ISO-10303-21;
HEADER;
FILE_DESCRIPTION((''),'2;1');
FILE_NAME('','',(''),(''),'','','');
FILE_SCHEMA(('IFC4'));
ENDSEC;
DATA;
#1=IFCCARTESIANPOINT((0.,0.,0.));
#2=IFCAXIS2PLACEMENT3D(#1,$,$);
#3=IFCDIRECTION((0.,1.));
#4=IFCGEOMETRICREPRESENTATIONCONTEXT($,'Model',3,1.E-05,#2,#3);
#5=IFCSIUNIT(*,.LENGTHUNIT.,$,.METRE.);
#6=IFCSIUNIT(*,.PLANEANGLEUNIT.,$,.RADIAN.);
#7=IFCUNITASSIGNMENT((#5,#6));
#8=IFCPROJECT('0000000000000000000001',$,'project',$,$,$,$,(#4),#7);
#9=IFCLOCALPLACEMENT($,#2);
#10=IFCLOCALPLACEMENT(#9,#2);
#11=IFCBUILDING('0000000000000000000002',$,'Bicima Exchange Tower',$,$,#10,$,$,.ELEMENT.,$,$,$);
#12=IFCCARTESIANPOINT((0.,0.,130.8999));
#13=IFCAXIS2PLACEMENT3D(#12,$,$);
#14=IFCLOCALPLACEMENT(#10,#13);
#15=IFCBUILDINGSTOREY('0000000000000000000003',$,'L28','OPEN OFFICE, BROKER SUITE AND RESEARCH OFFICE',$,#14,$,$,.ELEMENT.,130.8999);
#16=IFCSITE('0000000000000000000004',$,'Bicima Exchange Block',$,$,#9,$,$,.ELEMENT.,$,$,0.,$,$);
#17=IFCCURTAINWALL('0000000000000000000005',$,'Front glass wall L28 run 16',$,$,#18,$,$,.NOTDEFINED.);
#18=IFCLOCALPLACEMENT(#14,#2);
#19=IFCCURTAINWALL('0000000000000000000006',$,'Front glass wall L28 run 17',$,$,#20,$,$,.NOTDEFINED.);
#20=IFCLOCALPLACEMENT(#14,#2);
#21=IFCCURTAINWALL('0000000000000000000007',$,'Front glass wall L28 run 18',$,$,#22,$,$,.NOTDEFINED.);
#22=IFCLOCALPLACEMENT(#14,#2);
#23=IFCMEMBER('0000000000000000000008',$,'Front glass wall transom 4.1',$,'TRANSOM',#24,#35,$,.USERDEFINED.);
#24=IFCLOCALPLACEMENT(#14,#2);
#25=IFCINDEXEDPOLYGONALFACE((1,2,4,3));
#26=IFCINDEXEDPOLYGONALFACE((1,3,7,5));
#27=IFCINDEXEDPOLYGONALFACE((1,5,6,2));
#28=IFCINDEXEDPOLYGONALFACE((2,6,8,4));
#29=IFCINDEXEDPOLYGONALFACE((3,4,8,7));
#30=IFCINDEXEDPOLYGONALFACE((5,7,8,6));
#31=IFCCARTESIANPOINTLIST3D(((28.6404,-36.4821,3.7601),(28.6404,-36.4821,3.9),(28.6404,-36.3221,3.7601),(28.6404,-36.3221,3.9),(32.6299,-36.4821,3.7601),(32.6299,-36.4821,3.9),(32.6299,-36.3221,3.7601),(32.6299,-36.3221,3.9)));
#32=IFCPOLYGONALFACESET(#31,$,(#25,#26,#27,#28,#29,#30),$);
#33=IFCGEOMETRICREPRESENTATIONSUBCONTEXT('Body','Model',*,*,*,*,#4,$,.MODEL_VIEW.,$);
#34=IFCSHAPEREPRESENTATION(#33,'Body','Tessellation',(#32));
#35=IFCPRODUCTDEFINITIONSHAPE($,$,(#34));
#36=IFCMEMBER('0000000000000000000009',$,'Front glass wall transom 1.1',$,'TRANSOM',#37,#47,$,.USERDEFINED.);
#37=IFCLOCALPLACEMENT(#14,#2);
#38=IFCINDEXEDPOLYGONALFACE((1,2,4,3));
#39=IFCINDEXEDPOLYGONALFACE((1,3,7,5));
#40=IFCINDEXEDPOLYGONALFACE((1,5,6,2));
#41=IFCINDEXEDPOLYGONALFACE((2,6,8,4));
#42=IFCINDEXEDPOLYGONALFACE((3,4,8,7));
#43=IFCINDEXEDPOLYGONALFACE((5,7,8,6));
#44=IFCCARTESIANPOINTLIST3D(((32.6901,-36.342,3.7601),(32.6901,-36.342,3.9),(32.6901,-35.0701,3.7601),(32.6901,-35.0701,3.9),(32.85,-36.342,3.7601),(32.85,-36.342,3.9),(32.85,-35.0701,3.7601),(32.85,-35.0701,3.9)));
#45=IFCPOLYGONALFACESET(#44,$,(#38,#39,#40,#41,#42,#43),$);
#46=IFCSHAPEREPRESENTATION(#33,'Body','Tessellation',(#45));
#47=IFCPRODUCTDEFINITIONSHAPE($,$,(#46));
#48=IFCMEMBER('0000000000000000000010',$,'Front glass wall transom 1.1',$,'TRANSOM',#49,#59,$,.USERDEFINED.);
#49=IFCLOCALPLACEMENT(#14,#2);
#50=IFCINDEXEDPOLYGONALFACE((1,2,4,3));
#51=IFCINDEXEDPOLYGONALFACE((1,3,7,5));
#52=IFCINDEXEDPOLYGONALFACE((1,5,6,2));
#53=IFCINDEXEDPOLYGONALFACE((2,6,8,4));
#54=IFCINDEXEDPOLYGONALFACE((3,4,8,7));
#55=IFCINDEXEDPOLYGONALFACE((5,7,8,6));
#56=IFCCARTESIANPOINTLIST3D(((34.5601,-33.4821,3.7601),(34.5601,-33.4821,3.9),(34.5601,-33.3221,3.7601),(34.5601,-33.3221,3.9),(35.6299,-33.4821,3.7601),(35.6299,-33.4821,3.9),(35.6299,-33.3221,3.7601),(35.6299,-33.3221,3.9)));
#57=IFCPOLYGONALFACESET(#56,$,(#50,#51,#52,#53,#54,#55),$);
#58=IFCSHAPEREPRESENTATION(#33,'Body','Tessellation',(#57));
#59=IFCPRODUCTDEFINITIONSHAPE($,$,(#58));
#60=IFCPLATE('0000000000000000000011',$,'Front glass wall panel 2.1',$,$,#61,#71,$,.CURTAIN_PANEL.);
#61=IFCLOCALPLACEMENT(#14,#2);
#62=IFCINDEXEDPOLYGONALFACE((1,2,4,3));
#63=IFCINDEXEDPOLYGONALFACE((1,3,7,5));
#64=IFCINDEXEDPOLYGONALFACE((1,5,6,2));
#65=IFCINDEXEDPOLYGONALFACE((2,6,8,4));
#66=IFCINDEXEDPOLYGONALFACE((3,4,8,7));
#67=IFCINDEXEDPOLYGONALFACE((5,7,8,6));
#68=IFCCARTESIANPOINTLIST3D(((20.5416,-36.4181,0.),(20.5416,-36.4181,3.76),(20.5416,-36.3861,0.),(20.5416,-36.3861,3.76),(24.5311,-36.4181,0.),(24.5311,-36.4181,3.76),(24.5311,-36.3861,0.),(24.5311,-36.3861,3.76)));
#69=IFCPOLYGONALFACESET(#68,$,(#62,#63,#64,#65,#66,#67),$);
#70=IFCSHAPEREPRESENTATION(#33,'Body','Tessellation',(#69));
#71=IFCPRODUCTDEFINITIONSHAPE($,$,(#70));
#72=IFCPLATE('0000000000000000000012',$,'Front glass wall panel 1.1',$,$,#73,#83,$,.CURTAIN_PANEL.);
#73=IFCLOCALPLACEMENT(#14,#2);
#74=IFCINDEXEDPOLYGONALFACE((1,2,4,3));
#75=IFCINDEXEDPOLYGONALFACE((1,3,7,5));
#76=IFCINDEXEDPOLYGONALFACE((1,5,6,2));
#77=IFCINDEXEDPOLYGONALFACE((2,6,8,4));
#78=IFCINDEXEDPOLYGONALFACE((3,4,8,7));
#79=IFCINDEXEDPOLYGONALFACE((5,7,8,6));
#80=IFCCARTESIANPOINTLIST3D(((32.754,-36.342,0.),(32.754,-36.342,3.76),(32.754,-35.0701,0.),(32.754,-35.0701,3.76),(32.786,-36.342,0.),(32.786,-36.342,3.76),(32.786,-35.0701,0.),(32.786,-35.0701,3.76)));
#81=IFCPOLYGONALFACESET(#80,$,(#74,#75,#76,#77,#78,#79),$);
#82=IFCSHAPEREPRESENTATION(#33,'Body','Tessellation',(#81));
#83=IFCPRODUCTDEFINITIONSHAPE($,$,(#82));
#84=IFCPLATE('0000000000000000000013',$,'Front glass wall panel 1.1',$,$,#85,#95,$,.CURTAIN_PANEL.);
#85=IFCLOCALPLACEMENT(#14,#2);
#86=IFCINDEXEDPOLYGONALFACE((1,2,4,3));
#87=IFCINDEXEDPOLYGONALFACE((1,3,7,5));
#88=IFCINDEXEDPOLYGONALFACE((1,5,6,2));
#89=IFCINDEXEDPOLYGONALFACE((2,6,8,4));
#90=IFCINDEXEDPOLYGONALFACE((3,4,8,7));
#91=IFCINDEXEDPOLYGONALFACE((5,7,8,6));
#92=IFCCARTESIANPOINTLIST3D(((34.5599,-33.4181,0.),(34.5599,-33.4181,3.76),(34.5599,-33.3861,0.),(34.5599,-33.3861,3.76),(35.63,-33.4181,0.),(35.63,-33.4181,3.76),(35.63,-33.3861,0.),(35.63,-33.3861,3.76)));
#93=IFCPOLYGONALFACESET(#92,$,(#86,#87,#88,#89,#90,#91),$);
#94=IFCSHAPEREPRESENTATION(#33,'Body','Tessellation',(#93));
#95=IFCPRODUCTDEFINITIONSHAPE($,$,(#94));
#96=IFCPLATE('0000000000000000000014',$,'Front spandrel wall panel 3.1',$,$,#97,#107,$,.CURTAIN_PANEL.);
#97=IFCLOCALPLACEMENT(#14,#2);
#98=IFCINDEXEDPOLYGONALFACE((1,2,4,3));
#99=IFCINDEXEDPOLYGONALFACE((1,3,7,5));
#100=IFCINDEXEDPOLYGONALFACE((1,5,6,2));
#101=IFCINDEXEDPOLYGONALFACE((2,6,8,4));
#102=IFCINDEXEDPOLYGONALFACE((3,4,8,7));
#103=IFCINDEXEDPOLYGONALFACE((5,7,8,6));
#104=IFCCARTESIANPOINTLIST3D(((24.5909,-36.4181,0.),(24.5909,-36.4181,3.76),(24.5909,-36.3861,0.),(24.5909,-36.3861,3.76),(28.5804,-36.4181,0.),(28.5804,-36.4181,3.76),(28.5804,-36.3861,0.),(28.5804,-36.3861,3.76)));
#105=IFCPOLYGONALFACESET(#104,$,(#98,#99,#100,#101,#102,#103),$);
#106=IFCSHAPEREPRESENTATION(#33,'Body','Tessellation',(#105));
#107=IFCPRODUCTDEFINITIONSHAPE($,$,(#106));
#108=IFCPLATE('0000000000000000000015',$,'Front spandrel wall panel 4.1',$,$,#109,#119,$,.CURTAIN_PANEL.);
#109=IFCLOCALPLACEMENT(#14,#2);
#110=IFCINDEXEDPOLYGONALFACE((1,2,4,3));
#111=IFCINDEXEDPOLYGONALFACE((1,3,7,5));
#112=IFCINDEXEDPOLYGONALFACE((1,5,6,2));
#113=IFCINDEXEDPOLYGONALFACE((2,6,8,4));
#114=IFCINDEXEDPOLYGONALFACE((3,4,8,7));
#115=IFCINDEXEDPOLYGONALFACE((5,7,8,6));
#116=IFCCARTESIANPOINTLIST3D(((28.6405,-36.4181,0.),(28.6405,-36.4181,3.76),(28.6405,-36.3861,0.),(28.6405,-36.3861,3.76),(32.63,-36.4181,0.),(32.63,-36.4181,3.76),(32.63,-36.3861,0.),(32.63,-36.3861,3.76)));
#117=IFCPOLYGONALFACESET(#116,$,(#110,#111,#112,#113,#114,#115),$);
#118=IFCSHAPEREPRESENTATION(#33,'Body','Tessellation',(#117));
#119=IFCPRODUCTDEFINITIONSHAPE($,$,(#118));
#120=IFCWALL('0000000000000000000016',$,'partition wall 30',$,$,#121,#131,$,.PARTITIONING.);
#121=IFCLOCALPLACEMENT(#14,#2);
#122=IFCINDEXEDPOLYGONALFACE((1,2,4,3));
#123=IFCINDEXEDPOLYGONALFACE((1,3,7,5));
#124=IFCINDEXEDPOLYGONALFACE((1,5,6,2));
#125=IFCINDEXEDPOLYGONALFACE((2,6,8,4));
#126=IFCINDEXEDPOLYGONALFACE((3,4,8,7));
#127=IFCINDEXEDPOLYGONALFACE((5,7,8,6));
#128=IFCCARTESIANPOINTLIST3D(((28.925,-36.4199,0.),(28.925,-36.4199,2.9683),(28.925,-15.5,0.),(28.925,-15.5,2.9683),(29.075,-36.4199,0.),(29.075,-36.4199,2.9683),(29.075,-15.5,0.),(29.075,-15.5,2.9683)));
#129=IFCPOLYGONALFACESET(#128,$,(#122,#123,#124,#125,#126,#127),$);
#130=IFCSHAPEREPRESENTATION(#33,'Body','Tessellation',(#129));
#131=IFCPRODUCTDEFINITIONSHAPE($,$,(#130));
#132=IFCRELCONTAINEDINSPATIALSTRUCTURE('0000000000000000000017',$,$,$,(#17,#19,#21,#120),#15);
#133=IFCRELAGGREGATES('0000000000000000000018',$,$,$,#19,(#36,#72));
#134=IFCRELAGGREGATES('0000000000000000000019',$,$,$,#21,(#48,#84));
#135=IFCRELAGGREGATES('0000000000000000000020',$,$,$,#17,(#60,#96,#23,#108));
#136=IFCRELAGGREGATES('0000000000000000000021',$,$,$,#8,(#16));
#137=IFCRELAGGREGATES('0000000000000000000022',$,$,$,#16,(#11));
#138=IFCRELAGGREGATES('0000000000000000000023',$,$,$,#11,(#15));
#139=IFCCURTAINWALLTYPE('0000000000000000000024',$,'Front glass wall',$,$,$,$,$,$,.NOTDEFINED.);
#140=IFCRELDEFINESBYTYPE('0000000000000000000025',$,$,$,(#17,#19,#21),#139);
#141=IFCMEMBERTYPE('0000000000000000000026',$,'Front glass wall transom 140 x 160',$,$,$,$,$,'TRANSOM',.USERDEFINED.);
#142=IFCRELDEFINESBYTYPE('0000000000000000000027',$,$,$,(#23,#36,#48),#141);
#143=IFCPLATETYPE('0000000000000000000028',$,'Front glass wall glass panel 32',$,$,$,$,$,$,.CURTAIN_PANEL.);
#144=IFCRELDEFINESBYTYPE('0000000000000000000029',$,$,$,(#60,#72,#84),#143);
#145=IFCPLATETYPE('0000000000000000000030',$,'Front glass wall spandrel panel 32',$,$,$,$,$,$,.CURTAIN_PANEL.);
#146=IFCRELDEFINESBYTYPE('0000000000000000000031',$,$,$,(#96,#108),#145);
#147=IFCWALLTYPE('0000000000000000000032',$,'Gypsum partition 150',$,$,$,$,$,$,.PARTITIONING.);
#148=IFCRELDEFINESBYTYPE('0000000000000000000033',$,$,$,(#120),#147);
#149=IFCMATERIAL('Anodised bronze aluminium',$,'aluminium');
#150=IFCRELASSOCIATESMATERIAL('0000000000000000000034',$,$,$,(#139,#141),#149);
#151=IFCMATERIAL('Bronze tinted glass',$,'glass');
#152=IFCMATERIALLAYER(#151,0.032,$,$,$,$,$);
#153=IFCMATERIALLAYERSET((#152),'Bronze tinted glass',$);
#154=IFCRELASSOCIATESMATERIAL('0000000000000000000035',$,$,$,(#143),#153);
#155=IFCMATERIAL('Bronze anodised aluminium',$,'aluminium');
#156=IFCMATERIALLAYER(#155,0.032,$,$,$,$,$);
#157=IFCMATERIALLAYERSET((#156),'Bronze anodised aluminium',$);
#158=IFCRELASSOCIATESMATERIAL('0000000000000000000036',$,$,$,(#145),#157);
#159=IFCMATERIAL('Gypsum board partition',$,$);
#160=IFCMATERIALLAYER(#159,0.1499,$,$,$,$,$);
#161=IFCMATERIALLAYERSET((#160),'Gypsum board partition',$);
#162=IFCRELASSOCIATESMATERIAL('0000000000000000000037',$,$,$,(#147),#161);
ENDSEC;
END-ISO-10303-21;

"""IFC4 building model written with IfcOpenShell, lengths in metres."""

from ifc_helpers import new_model, si_unit, direction, frame, frame_2d, origin, origin_2d, place, context, subcontext, project, spatial, rectangle, extrude, material, layer, layer_set, material_profile, profile_set, type_object, element, aggregate, save


model = new_model("IFC4")

# Units and contexts
model_context = context("Model", 3, precision=1e-05, world=origin(), true_north=direction((0.0, 1.0)))
body_context = subcontext(model_context, "Body", "Model", "MODEL_VIEW")
ifc_project = project(units=[si_unit("LENGTHUNIT", "METRE"), si_unit("PLANEANGLEUNIT", "RADIAN")], contexts=[model_context])

# Site, building, storey
site_placement = place(None, origin())
site = spatial("IfcSite", under=ifc_project, at=site_placement, Name="Bicima Exchange Block", CompositionType="ELEMENT", RefElevation=0.0)
building_placement = place(site_placement, origin())
building = spatial("IfcBuilding", under=site, at=building_placement, Name="Bicima Exchange Tower", CompositionType="ELEMENT")
storey_placement = place(building_placement, frame((0.0, 0.0, 130.8999)))
storey = spatial("IfcBuildingStorey", under=building, at=storey_placement, Name="L28", Description="OPEN OFFICE, BROKER SUITE AND RESEARCH OFFICE", CompositionType="ELEMENT", Elevation=130.8999)

# Curtain walls
ifc_material_1 = material(Name="Anodised bronze aluminium", Category="aluminium")
curtain_wall_type = type_object("IfcCurtainWallType", Name="Front glass wall", PredefinedType="NOTDEFINED", material=ifc_material_1)
curtain_wall_1_placement = place(storey_placement, origin())
curtain_wall_1 = element("IfcCurtainWall", 1, at=curtain_wall_1_placement, inside=storey, type_object=curtain_wall_type, Name="Front glass wall L28 run 16", PredefinedType="NOTDEFINED")
curtain_wall_2_placement = place(storey_placement, origin())
curtain_wall_2 = element("IfcCurtainWall", 2, at=curtain_wall_2_placement, inside=storey, type_object=curtain_wall_type, Name="Front glass wall L28 run 17", PredefinedType="NOTDEFINED")
curtain_wall_3_placement = place(storey_placement, origin())
curtain_wall_3 = element("IfcCurtainWall", 3, at=curtain_wall_3_placement, inside=storey, type_object=curtain_wall_type, Name="Front glass wall L28 run 18", PredefinedType="NOTDEFINED")

# Members
ifc_material_profile_1 = material_profile(ifc_material_1, rectangle(XDim=0.1599, YDim=0.1399, at=origin_2d()))
ifc_profile_set_1 = profile_set([ifc_material_profile_1], Name="Anodised bronze aluminium")
member_type_1 = type_object("IfcMemberType", Name="Front glass wall transom 140 x 160", ElementType="TRANSOM", PredefinedType="USERDEFINED", material=ifc_profile_set_1)
member_1_placement = place(storey_placement, frame((28.6404, -36.4021, 3.8301), z_axis=(1.0, 0.0, 0.0), x_axis=(0.0, 1.0, 0.0)))
member_1 = element("IfcMember", 4, at=member_1_placement, type_object=member_type_1, Name="Front glass wall transom 4.1", ObjectType="TRANSOM", PredefinedType="USERDEFINED", context=body_context, shape_type="SweptSolid", body=[
    extrude(rectangle(XDim=0.1599, YDim=0.1399, at=origin_2d()), origin(), (0.0, 0.0, 1.0), 3.9895),
])
member_2_placement = place(storey_placement, frame((32.77, -36.342, 3.8301), z_axis=(0.0, 1.0, 0.0), x_axis=(-1.0, 0.0, 0.0)))
member_2 = element("IfcMember", 5, at=member_2_placement, type_object=member_type_1, Name="Front glass wall transom 1.1", ObjectType="TRANSOM", PredefinedType="USERDEFINED", context=body_context, shape_type="SweptSolid", body=[
    extrude(rectangle(XDim=0.1599, YDim=0.1399, at=origin_2d()), origin(), (0.0, 0.0, 1.0), 1.272),
])
member_3_placement = place(storey_placement, frame((34.5601, -33.4021, 3.8301), z_axis=(1.0, 0.0, 0.0), x_axis=(0.0, 1.0, 0.0)))
member_3 = element("IfcMember", 6, at=member_3_placement, type_object=member_type_1, Name="Front glass wall transom 1.1", ObjectType="TRANSOM", PredefinedType="USERDEFINED", context=body_context, shape_type="SweptSolid", body=[
    extrude(rectangle(XDim=0.1599, YDim=0.1399, at=origin_2d()), origin(), (0.0, 0.0, 1.0), 1.0698),
])

# Plates
ifc_material_2 = material(Name="Bronze tinted glass", Category="glass")
ifc_layer_1 = layer(ifc_material_2, 0.032)
ifc_layer_set_1 = layer_set([ifc_layer_1], Name="Bronze tinted glass")
plate_type_1 = type_object("IfcPlateType", Name="Front glass wall glass panel 32", PredefinedType="CURTAIN_PANEL", material=ifc_layer_set_1)
plate_1_placement = place(storey_placement, frame((22.5364, -36.4021, 0.0), z_axis=(0.0, 0.0, 1.0), x_axis=(1.0, 0.0, 0.0)))
plate_1 = element("IfcPlate", 7, at=plate_1_placement, type_object=plate_type_1, Name="Front glass wall panel 2.1", PredefinedType="CURTAIN_PANEL", context=body_context, shape_type="SweptSolid", body=[
    extrude(rectangle(XDim=3.9895, YDim=0.032, at=origin_2d()), origin(), (0.0, 0.0, 1.0), 3.76),
])
plate_2_placement = place(storey_placement, frame((32.77, -35.7061, 0.0), z_axis=(0.0, 0.0, 1.0), x_axis=(0.0, 1.0, 0.0)))
plate_2 = element("IfcPlate", 8, at=plate_2_placement, type_object=plate_type_1, Name="Front glass wall panel 1.1", PredefinedType="CURTAIN_PANEL", context=body_context, shape_type="SweptSolid", body=[
    extrude(rectangle(XDim=1.272, YDim=0.032, at=origin_2d()), origin(), (0.0, 0.0, 1.0), 3.76),
])
aggregate(curtain_wall_2, [member_2, plate_2])
plate_3_placement = place(storey_placement, frame((35.095, -33.4021, 0.0), z_axis=(0.0, 0.0, 1.0), x_axis=(1.0, 0.0, 0.0)))
plate_3 = element("IfcPlate", 9, at=plate_3_placement, type_object=plate_type_1, Name="Front glass wall panel 1.1", PredefinedType="CURTAIN_PANEL", context=body_context, shape_type="SweptSolid", body=[
    extrude(rectangle(XDim=1.0701, YDim=0.032, at=origin_2d()), origin(), (0.0, 0.0, 1.0), 3.76),
])
aggregate(curtain_wall_3, [member_3, plate_3])
ifc_material_3 = material(Name="Bronze anodised aluminium", Category="aluminium")
ifc_layer_2 = layer(ifc_material_3, 0.032)
ifc_layer_set_2 = layer_set([ifc_layer_2], Name="Bronze anodised aluminium")
plate_type_2 = type_object("IfcPlateType", Name="Front glass wall spandrel panel 32", PredefinedType="CURTAIN_PANEL", material=ifc_layer_set_2)
plate_4_placement = place(storey_placement, frame((26.5857, -36.4021, 0.0), z_axis=(0.0, 0.0, 1.0), x_axis=(1.0, 0.0, 0.0)))
plate_4 = element("IfcPlate", 10, at=plate_4_placement, type_object=plate_type_2, Name="Front spandrel wall panel 3.1", PredefinedType="CURTAIN_PANEL", context=body_context, shape_type="SweptSolid", body=[
    extrude(rectangle(XDim=3.9895, YDim=0.032, at=origin_2d()), origin(), (0.0, 0.0, 1.0), 3.76),
])
plate_5_placement = place(storey_placement, frame((30.6353, -36.4021, 0.0), z_axis=(0.0, 0.0, 1.0), x_axis=(1.0, 0.0, 0.0)))
plate_5 = element("IfcPlate", 11, at=plate_5_placement, type_object=plate_type_2, Name="Front spandrel wall panel 4.1", PredefinedType="CURTAIN_PANEL", context=body_context, shape_type="SweptSolid", body=[
    extrude(rectangle(XDim=3.9895, YDim=0.032, at=origin_2d()), origin(), (0.0, 0.0, 1.0), 3.76),
])
aggregate(curtain_wall_1, [plate_1, plate_4, member_1, plate_5])

# Wall
ifc_material_4 = material(Name="Gypsum board partition")
ifc_layer_3 = layer(ifc_material_4, 0.1499)
ifc_layer_set_3 = layer_set([ifc_layer_3], Name="Gypsum board partition")
wall_type = type_object("IfcWallType", Name="Gypsum partition 150", PredefinedType="PARTITIONING", material=ifc_layer_set_3)
wall_placement = place(storey_placement, frame((29.0, -36.4199, 0.0), z_axis=(0.0, 0.0, 1.0), x_axis=(0.0, 1.0, 0.0)))
element("IfcWall", 12, at=wall_placement, inside=storey, type_object=wall_type, Name="partition wall 30", PredefinedType="PARTITIONING", context=body_context, shape_type="SweptSolid", body=[
    extrude(rectangle(XDim=20.9199, YDim=0.1499, at=frame_2d((10.46, 0.0))), origin(), (0.0, 0.0, 1.0), 2.9683),
])

save(model, "model.ifc")
